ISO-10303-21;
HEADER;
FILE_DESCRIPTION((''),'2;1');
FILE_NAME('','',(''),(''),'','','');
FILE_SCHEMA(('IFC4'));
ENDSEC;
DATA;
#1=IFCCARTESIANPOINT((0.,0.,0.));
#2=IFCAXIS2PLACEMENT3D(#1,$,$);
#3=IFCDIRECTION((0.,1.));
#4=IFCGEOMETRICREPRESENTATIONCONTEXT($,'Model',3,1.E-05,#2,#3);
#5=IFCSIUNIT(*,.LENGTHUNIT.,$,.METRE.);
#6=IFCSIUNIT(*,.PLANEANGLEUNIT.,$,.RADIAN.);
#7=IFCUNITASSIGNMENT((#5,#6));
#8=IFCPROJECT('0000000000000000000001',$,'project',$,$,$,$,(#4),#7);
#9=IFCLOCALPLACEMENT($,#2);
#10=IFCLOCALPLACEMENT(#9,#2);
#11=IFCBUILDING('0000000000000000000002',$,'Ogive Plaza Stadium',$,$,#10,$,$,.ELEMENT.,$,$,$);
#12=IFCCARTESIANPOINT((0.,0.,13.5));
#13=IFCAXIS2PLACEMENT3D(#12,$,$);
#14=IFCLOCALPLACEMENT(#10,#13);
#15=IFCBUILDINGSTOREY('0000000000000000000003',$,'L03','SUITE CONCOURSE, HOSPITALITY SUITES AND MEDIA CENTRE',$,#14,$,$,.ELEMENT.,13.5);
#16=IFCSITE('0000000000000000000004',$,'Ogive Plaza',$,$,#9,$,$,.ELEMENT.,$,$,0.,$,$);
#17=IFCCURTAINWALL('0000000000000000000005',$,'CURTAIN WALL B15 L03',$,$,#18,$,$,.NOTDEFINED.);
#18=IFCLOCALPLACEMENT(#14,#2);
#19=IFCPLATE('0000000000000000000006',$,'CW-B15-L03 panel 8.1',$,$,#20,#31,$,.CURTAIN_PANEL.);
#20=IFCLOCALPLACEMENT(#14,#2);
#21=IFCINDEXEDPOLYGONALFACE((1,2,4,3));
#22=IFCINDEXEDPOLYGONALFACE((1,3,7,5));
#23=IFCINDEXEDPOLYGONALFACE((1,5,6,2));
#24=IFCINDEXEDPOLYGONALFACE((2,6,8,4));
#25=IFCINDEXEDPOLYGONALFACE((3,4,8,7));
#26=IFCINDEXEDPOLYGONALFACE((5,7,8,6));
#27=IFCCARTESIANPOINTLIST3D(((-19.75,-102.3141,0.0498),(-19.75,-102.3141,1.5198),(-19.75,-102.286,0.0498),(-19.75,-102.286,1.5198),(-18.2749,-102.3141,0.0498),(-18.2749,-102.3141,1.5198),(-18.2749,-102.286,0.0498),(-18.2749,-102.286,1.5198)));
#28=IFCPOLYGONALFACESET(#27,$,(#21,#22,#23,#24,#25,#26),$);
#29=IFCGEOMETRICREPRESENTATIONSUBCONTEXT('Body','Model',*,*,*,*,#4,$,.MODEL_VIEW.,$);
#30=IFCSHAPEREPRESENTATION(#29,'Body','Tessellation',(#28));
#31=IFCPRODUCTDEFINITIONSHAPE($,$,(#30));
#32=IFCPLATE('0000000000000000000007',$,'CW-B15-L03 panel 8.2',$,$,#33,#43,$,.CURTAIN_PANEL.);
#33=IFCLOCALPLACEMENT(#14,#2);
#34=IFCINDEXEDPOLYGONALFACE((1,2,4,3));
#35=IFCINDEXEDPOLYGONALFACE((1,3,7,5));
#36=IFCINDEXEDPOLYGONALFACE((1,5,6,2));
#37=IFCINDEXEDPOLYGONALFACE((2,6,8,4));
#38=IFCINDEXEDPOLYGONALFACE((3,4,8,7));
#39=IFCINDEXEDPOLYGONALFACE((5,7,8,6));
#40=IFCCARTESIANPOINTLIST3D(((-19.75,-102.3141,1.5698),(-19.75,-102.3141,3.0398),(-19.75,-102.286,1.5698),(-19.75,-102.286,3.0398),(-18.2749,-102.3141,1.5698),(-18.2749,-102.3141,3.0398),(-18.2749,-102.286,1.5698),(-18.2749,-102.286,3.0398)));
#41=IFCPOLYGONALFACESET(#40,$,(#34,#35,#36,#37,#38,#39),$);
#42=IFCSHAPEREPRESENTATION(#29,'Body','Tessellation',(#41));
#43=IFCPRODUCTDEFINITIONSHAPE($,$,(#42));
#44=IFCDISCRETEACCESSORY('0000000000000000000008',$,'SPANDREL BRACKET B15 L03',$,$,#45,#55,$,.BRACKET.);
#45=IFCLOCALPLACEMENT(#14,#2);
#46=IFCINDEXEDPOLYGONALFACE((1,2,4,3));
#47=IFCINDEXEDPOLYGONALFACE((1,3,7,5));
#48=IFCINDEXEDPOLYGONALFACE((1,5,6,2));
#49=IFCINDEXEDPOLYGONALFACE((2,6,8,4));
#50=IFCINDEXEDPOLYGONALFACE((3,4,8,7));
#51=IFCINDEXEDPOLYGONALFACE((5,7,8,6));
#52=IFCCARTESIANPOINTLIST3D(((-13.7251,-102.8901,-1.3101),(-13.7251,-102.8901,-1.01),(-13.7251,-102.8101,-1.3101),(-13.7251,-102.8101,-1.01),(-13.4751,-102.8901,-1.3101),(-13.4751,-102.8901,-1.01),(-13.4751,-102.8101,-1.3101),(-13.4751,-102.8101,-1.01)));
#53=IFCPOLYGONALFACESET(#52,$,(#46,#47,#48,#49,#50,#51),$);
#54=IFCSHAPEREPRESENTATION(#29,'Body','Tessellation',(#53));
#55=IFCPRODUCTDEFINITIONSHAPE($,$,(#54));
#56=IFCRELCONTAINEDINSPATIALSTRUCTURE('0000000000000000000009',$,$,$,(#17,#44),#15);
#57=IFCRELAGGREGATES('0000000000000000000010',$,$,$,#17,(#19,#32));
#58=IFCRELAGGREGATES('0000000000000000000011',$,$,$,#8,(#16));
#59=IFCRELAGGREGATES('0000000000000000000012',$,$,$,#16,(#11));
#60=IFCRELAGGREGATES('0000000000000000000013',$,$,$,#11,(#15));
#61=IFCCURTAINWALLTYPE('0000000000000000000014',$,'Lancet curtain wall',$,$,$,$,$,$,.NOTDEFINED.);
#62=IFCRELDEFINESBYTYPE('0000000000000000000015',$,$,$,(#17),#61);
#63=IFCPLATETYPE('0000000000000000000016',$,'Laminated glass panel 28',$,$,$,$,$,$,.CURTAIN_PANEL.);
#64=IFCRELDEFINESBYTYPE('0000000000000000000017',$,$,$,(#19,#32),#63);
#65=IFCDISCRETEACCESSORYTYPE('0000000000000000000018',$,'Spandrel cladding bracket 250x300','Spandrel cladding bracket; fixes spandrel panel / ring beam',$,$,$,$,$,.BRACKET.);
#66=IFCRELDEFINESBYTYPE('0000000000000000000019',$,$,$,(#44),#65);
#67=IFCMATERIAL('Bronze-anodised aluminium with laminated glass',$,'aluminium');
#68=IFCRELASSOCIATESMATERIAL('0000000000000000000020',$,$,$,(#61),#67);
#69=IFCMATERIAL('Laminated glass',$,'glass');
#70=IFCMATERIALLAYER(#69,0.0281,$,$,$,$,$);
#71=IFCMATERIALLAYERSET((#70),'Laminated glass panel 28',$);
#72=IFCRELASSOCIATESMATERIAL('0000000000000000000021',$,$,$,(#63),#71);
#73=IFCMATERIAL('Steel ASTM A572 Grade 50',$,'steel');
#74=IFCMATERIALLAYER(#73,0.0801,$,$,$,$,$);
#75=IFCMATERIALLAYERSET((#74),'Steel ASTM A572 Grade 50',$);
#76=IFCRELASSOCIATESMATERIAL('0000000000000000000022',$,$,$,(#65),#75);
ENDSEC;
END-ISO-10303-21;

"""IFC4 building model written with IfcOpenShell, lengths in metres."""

from ifc_helpers import new_model, si_unit, direction, frame, origin, origin_2d, place, context, subcontext, project, spatial, rectangle, extrude, material, layer, layer_set, type_object, element, aggregate, save


model = new_model("IFC4")

# Units and contexts
model_context = context("Model", 3, precision=1e-05, world=origin(), true_north=direction((0.0, 1.0)))
body_context = subcontext(model_context, "Body", "Model", "MODEL_VIEW")
ifc_project = project(units=[si_unit("LENGTHUNIT", "METRE"), si_unit("PLANEANGLEUNIT", "RADIAN")], contexts=[model_context])

# Site, building, storey
site_placement = place(None, origin())
site = spatial("IfcSite", under=ifc_project, at=site_placement, Name="Ogive Plaza", CompositionType="ELEMENT", RefElevation=0.0)
building_placement = place(site_placement, origin())
building = spatial("IfcBuilding", under=site, at=building_placement, Name="Ogive Plaza Stadium", CompositionType="ELEMENT")
storey_placement = place(building_placement, frame((0.0, 0.0, 13.5)))
storey = spatial("IfcBuildingStorey", under=building, at=storey_placement, Name="L03", Description="SUITE CONCOURSE, HOSPITALITY SUITES AND MEDIA CENTRE", CompositionType="ELEMENT", Elevation=13.5)

# Curtain wall
ifc_material_1 = material(Name="Bronze-anodised aluminium with laminated glass", Category="aluminium")
curtain_wall_type = type_object("IfcCurtainWallType", Name="Lancet curtain wall", PredefinedType="NOTDEFINED", material=ifc_material_1)
curtain_wall_1_placement = place(storey_placement, origin())
curtain_wall_1 = element("IfcCurtainWall", 1, at=curtain_wall_1_placement, inside=storey, type_object=curtain_wall_type, Name="CURTAIN WALL B15 L03", PredefinedType="NOTDEFINED")

# Plates
ifc_material_2 = material(Name="Laminated glass", Category="glass")
ifc_layer_1 = layer(ifc_material_2, 0.0281)
ifc_layer_set_1 = layer_set([ifc_layer_1], Name="Laminated glass panel 28")
plate_type = type_object("IfcPlateType", Name="Laminated glass panel 28", PredefinedType="CURTAIN_PANEL", material=ifc_layer_set_1)
plate_1_placement = place(storey_placement, frame((-19.0125, -102.3, 0.0498), z_axis=(0.0, 0.0, 1.0), x_axis=(-1.0, 0.0, 0.0)))
plate_1 = element("IfcPlate", 2, at=plate_1_placement, type_object=plate_type, Name="CW-B15-L03 panel 8.1", PredefinedType="CURTAIN_PANEL", context=body_context, shape_type="SweptSolid", body=[
    extrude(rectangle(XDim=1.4751, YDim=0.0281, at=origin_2d()), origin(), (0.0, 0.0, 1.0), 1.47),
])
plate_2_placement = place(storey_placement, frame((-19.0125, -102.3, 1.5698), z_axis=(0.0, 0.0, 1.0), x_axis=(-1.0, 0.0, 0.0)))
plate_2 = element("IfcPlate", 3, at=plate_2_placement, type_object=plate_type, Name="CW-B15-L03 panel 8.2", PredefinedType="CURTAIN_PANEL", context=body_context, shape_type="SweptSolid", body=[
    extrude(rectangle(XDim=1.4751, YDim=0.0281, at=origin_2d()), origin(), (0.0, 0.0, 1.0), 1.47),
])
aggregate(curtain_wall_1, [plate_1, plate_2])

# Discrete accessory
ifc_material_3 = material(Name="Steel ASTM A572 Grade 50", Category="steel")
ifc_layer_2 = layer(ifc_material_3, 0.0801)
ifc_layer_set_2 = layer_set([ifc_layer_2], Name="Steel ASTM A572 Grade 50")
discrete_accessory_type = type_object("IfcDiscreteAccessoryType", Name="Spandrel cladding bracket 250x300", Description="Spandrel cladding bracket; fixes spandrel panel / ring beam", PredefinedType="BRACKET", material=ifc_layer_set_2)
discrete_accessory_placement = place(storey_placement, frame((-13.6001, -102.8501, -1.3101), z_axis=(0.0, 0.0, 1.0), x_axis=(-1.0, 0.0, 0.0)))
element("IfcDiscreteAccessory", 4, at=discrete_accessory_placement, inside=storey, type_object=discrete_accessory_type, Name="SPANDREL BRACKET B15 L03", PredefinedType="BRACKET", context=body_context, shape_type="SweptSolid", body=[
    extrude(rectangle(XDim=0.25, YDim=0.0801, at=origin_2d()), origin(), (0.0, 0.0, 1.0), 0.3),
])

save(model, "model.ifc")
